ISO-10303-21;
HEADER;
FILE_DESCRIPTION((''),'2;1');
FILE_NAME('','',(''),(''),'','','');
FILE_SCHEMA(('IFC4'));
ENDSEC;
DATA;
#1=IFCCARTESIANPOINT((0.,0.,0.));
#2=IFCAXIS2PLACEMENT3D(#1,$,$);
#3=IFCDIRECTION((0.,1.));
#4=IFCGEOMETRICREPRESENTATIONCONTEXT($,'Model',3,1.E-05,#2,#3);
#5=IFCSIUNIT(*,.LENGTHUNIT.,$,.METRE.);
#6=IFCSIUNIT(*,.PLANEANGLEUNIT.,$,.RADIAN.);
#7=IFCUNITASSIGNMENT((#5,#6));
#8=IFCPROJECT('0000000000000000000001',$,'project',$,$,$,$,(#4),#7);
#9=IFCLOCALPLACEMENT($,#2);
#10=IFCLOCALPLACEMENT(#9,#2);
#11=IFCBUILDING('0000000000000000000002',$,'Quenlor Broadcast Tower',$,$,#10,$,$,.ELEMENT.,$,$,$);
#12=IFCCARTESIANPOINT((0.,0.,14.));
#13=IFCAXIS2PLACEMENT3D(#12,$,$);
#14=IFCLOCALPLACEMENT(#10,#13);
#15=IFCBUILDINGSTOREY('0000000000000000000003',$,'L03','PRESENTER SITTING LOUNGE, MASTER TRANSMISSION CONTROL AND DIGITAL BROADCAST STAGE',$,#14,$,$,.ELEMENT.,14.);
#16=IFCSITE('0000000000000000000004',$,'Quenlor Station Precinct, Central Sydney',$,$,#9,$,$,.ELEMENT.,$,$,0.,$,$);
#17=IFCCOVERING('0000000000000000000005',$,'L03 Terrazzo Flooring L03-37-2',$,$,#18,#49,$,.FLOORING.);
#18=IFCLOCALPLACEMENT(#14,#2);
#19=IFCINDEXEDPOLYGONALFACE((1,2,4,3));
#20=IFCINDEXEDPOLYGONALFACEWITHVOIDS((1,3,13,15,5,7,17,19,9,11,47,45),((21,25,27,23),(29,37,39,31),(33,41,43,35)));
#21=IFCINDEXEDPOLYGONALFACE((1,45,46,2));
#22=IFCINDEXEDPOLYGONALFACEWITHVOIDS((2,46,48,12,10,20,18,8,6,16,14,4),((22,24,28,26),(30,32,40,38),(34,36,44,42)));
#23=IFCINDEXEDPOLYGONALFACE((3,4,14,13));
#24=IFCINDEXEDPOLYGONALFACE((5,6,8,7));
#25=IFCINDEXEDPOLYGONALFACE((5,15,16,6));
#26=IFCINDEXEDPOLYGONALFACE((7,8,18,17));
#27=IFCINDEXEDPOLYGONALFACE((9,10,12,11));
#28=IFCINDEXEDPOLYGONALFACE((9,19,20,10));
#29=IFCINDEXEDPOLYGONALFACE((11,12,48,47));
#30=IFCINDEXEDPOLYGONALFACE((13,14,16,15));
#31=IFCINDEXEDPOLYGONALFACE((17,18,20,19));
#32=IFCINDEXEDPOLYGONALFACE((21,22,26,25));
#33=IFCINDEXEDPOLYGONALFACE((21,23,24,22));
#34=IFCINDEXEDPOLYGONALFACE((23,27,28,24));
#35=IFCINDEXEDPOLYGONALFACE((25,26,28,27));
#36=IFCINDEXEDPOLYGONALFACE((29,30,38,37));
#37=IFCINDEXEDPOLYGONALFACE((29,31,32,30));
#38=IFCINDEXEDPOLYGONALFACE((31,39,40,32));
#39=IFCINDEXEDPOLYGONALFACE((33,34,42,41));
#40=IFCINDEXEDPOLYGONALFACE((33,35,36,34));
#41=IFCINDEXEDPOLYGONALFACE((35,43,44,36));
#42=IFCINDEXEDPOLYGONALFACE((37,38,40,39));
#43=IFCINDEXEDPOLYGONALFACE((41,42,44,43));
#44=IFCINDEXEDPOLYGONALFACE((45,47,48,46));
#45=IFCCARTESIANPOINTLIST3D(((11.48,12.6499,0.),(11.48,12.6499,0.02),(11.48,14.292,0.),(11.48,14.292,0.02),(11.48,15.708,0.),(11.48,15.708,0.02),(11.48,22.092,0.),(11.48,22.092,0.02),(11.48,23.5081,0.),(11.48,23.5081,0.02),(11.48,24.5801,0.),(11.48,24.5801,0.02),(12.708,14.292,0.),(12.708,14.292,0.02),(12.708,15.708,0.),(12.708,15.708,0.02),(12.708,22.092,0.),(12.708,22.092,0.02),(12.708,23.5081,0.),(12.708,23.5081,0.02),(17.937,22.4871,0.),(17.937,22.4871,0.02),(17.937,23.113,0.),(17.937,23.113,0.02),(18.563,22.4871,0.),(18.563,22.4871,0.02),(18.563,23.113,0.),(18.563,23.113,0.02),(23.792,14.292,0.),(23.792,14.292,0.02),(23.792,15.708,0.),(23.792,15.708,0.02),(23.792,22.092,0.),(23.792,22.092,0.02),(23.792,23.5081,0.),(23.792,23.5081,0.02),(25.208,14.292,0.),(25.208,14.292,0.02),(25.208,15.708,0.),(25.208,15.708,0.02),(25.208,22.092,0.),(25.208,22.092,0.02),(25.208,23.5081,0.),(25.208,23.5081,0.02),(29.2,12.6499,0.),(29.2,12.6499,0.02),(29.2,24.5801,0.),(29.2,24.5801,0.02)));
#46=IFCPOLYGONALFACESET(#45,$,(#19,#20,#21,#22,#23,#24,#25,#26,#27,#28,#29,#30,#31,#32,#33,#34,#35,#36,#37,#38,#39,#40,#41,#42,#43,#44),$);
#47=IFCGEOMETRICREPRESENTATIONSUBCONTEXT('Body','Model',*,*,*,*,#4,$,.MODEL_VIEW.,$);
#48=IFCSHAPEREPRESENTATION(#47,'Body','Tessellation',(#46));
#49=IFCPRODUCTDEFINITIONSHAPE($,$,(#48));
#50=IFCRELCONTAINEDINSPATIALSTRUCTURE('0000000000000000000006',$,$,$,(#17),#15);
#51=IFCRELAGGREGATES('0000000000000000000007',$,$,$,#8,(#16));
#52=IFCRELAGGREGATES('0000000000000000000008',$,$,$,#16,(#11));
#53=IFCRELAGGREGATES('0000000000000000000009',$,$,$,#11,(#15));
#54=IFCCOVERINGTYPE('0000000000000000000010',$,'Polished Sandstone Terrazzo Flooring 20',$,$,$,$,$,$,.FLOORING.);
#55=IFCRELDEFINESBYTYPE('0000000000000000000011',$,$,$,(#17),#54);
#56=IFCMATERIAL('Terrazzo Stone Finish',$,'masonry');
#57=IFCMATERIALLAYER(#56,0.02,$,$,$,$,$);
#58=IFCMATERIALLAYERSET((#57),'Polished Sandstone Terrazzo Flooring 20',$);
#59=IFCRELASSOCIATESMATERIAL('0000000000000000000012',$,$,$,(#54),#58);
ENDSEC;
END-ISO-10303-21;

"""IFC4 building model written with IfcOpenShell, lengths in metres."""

from ifc_helpers import new_model, si_unit, direction, frame, origin, place, context, subcontext, project, spatial, polyline, outline, extrude, material, layer, layer_set, type_object, element, save


model = new_model("IFC4")

# Units and contexts
model_context = context("Model", 3, precision=1e-05, world=origin(), true_north=direction((0.0, 1.0)))
body_context = subcontext(model_context, "Body", "Model", "MODEL_VIEW")
ifc_project = project(units=[si_unit("LENGTHUNIT", "METRE"), si_unit("PLANEANGLEUNIT", "RADIAN")], contexts=[model_context])

# Site, building, storey
site_placement = place(None, origin())
site = spatial("IfcSite", under=ifc_project, at=site_placement, Name="Quenlor Station Precinct, Central Sydney", CompositionType="ELEMENT", RefElevation=0.0)
building_placement = place(site_placement, origin())
building = spatial("IfcBuilding", under=site, at=building_placement, Name="Quenlor Broadcast Tower", CompositionType="ELEMENT")
storey_placement = place(building_placement, frame((0.0, 0.0, 14.0)))
storey = spatial("IfcBuildingStorey", under=building, at=storey_placement, Name="L03", Description="PRESENTER SITTING LOUNGE, MASTER TRANSMISSION CONTROL AND DIGITAL BROADCAST STAGE", CompositionType="ELEMENT", Elevation=14.0)

# Covering
ifc_material_1 = material(Name="Terrazzo Stone Finish", Category="masonry")
ifc_layer_1 = layer(ifc_material_1, 0.02)
ifc_layer_set_1 = layer_set([ifc_layer_1], Name="Polished Sandstone Terrazzo Flooring 20")
covering_type_1 = type_object("IfcCoveringType", Name="Polished Sandstone Terrazzo Flooring 20", PredefinedType="FLOORING", material=ifc_layer_set_1)
covering_1_placement = place(storey_placement, origin())
element("IfcCovering", 1, at=covering_1_placement, inside=storey, type_object=covering_type_1, Name="L03 Terrazzo Flooring L03-37-2", PredefinedType="FLOORING", context=body_context, shape_type="SweptSolid", body=[
    extrude(outline(polyline([(11.48, 14.292), (12.708, 14.292), (12.708, 15.708), (11.48, 15.708), (11.48, 22.092), (12.708, 22.092), (12.708, 23.5081), (11.48, 23.5081), (11.48, 24.5801), (29.2, 24.5801), (29.2, 12.6499), (11.48, 12.6499), (11.48, 14.292)]), holes=[polyline([(25.208, 14.292), (25.208, 15.708), (23.792, 15.708), (23.792, 14.292), (25.208, 14.292)]), polyline([(25.208, 22.092), (25.208, 23.5081), (23.792, 23.5081), (23.792, 22.092), (25.208, 22.092)]), polyline([(18.563, 22.4871), (18.563, 23.113), (17.937, 23.113), (17.937, 22.4871), (18.563, 22.4871)])]), origin(), (0.0, 0.0, 1.0), 0.02),
])

save(model, "model.ifc")
